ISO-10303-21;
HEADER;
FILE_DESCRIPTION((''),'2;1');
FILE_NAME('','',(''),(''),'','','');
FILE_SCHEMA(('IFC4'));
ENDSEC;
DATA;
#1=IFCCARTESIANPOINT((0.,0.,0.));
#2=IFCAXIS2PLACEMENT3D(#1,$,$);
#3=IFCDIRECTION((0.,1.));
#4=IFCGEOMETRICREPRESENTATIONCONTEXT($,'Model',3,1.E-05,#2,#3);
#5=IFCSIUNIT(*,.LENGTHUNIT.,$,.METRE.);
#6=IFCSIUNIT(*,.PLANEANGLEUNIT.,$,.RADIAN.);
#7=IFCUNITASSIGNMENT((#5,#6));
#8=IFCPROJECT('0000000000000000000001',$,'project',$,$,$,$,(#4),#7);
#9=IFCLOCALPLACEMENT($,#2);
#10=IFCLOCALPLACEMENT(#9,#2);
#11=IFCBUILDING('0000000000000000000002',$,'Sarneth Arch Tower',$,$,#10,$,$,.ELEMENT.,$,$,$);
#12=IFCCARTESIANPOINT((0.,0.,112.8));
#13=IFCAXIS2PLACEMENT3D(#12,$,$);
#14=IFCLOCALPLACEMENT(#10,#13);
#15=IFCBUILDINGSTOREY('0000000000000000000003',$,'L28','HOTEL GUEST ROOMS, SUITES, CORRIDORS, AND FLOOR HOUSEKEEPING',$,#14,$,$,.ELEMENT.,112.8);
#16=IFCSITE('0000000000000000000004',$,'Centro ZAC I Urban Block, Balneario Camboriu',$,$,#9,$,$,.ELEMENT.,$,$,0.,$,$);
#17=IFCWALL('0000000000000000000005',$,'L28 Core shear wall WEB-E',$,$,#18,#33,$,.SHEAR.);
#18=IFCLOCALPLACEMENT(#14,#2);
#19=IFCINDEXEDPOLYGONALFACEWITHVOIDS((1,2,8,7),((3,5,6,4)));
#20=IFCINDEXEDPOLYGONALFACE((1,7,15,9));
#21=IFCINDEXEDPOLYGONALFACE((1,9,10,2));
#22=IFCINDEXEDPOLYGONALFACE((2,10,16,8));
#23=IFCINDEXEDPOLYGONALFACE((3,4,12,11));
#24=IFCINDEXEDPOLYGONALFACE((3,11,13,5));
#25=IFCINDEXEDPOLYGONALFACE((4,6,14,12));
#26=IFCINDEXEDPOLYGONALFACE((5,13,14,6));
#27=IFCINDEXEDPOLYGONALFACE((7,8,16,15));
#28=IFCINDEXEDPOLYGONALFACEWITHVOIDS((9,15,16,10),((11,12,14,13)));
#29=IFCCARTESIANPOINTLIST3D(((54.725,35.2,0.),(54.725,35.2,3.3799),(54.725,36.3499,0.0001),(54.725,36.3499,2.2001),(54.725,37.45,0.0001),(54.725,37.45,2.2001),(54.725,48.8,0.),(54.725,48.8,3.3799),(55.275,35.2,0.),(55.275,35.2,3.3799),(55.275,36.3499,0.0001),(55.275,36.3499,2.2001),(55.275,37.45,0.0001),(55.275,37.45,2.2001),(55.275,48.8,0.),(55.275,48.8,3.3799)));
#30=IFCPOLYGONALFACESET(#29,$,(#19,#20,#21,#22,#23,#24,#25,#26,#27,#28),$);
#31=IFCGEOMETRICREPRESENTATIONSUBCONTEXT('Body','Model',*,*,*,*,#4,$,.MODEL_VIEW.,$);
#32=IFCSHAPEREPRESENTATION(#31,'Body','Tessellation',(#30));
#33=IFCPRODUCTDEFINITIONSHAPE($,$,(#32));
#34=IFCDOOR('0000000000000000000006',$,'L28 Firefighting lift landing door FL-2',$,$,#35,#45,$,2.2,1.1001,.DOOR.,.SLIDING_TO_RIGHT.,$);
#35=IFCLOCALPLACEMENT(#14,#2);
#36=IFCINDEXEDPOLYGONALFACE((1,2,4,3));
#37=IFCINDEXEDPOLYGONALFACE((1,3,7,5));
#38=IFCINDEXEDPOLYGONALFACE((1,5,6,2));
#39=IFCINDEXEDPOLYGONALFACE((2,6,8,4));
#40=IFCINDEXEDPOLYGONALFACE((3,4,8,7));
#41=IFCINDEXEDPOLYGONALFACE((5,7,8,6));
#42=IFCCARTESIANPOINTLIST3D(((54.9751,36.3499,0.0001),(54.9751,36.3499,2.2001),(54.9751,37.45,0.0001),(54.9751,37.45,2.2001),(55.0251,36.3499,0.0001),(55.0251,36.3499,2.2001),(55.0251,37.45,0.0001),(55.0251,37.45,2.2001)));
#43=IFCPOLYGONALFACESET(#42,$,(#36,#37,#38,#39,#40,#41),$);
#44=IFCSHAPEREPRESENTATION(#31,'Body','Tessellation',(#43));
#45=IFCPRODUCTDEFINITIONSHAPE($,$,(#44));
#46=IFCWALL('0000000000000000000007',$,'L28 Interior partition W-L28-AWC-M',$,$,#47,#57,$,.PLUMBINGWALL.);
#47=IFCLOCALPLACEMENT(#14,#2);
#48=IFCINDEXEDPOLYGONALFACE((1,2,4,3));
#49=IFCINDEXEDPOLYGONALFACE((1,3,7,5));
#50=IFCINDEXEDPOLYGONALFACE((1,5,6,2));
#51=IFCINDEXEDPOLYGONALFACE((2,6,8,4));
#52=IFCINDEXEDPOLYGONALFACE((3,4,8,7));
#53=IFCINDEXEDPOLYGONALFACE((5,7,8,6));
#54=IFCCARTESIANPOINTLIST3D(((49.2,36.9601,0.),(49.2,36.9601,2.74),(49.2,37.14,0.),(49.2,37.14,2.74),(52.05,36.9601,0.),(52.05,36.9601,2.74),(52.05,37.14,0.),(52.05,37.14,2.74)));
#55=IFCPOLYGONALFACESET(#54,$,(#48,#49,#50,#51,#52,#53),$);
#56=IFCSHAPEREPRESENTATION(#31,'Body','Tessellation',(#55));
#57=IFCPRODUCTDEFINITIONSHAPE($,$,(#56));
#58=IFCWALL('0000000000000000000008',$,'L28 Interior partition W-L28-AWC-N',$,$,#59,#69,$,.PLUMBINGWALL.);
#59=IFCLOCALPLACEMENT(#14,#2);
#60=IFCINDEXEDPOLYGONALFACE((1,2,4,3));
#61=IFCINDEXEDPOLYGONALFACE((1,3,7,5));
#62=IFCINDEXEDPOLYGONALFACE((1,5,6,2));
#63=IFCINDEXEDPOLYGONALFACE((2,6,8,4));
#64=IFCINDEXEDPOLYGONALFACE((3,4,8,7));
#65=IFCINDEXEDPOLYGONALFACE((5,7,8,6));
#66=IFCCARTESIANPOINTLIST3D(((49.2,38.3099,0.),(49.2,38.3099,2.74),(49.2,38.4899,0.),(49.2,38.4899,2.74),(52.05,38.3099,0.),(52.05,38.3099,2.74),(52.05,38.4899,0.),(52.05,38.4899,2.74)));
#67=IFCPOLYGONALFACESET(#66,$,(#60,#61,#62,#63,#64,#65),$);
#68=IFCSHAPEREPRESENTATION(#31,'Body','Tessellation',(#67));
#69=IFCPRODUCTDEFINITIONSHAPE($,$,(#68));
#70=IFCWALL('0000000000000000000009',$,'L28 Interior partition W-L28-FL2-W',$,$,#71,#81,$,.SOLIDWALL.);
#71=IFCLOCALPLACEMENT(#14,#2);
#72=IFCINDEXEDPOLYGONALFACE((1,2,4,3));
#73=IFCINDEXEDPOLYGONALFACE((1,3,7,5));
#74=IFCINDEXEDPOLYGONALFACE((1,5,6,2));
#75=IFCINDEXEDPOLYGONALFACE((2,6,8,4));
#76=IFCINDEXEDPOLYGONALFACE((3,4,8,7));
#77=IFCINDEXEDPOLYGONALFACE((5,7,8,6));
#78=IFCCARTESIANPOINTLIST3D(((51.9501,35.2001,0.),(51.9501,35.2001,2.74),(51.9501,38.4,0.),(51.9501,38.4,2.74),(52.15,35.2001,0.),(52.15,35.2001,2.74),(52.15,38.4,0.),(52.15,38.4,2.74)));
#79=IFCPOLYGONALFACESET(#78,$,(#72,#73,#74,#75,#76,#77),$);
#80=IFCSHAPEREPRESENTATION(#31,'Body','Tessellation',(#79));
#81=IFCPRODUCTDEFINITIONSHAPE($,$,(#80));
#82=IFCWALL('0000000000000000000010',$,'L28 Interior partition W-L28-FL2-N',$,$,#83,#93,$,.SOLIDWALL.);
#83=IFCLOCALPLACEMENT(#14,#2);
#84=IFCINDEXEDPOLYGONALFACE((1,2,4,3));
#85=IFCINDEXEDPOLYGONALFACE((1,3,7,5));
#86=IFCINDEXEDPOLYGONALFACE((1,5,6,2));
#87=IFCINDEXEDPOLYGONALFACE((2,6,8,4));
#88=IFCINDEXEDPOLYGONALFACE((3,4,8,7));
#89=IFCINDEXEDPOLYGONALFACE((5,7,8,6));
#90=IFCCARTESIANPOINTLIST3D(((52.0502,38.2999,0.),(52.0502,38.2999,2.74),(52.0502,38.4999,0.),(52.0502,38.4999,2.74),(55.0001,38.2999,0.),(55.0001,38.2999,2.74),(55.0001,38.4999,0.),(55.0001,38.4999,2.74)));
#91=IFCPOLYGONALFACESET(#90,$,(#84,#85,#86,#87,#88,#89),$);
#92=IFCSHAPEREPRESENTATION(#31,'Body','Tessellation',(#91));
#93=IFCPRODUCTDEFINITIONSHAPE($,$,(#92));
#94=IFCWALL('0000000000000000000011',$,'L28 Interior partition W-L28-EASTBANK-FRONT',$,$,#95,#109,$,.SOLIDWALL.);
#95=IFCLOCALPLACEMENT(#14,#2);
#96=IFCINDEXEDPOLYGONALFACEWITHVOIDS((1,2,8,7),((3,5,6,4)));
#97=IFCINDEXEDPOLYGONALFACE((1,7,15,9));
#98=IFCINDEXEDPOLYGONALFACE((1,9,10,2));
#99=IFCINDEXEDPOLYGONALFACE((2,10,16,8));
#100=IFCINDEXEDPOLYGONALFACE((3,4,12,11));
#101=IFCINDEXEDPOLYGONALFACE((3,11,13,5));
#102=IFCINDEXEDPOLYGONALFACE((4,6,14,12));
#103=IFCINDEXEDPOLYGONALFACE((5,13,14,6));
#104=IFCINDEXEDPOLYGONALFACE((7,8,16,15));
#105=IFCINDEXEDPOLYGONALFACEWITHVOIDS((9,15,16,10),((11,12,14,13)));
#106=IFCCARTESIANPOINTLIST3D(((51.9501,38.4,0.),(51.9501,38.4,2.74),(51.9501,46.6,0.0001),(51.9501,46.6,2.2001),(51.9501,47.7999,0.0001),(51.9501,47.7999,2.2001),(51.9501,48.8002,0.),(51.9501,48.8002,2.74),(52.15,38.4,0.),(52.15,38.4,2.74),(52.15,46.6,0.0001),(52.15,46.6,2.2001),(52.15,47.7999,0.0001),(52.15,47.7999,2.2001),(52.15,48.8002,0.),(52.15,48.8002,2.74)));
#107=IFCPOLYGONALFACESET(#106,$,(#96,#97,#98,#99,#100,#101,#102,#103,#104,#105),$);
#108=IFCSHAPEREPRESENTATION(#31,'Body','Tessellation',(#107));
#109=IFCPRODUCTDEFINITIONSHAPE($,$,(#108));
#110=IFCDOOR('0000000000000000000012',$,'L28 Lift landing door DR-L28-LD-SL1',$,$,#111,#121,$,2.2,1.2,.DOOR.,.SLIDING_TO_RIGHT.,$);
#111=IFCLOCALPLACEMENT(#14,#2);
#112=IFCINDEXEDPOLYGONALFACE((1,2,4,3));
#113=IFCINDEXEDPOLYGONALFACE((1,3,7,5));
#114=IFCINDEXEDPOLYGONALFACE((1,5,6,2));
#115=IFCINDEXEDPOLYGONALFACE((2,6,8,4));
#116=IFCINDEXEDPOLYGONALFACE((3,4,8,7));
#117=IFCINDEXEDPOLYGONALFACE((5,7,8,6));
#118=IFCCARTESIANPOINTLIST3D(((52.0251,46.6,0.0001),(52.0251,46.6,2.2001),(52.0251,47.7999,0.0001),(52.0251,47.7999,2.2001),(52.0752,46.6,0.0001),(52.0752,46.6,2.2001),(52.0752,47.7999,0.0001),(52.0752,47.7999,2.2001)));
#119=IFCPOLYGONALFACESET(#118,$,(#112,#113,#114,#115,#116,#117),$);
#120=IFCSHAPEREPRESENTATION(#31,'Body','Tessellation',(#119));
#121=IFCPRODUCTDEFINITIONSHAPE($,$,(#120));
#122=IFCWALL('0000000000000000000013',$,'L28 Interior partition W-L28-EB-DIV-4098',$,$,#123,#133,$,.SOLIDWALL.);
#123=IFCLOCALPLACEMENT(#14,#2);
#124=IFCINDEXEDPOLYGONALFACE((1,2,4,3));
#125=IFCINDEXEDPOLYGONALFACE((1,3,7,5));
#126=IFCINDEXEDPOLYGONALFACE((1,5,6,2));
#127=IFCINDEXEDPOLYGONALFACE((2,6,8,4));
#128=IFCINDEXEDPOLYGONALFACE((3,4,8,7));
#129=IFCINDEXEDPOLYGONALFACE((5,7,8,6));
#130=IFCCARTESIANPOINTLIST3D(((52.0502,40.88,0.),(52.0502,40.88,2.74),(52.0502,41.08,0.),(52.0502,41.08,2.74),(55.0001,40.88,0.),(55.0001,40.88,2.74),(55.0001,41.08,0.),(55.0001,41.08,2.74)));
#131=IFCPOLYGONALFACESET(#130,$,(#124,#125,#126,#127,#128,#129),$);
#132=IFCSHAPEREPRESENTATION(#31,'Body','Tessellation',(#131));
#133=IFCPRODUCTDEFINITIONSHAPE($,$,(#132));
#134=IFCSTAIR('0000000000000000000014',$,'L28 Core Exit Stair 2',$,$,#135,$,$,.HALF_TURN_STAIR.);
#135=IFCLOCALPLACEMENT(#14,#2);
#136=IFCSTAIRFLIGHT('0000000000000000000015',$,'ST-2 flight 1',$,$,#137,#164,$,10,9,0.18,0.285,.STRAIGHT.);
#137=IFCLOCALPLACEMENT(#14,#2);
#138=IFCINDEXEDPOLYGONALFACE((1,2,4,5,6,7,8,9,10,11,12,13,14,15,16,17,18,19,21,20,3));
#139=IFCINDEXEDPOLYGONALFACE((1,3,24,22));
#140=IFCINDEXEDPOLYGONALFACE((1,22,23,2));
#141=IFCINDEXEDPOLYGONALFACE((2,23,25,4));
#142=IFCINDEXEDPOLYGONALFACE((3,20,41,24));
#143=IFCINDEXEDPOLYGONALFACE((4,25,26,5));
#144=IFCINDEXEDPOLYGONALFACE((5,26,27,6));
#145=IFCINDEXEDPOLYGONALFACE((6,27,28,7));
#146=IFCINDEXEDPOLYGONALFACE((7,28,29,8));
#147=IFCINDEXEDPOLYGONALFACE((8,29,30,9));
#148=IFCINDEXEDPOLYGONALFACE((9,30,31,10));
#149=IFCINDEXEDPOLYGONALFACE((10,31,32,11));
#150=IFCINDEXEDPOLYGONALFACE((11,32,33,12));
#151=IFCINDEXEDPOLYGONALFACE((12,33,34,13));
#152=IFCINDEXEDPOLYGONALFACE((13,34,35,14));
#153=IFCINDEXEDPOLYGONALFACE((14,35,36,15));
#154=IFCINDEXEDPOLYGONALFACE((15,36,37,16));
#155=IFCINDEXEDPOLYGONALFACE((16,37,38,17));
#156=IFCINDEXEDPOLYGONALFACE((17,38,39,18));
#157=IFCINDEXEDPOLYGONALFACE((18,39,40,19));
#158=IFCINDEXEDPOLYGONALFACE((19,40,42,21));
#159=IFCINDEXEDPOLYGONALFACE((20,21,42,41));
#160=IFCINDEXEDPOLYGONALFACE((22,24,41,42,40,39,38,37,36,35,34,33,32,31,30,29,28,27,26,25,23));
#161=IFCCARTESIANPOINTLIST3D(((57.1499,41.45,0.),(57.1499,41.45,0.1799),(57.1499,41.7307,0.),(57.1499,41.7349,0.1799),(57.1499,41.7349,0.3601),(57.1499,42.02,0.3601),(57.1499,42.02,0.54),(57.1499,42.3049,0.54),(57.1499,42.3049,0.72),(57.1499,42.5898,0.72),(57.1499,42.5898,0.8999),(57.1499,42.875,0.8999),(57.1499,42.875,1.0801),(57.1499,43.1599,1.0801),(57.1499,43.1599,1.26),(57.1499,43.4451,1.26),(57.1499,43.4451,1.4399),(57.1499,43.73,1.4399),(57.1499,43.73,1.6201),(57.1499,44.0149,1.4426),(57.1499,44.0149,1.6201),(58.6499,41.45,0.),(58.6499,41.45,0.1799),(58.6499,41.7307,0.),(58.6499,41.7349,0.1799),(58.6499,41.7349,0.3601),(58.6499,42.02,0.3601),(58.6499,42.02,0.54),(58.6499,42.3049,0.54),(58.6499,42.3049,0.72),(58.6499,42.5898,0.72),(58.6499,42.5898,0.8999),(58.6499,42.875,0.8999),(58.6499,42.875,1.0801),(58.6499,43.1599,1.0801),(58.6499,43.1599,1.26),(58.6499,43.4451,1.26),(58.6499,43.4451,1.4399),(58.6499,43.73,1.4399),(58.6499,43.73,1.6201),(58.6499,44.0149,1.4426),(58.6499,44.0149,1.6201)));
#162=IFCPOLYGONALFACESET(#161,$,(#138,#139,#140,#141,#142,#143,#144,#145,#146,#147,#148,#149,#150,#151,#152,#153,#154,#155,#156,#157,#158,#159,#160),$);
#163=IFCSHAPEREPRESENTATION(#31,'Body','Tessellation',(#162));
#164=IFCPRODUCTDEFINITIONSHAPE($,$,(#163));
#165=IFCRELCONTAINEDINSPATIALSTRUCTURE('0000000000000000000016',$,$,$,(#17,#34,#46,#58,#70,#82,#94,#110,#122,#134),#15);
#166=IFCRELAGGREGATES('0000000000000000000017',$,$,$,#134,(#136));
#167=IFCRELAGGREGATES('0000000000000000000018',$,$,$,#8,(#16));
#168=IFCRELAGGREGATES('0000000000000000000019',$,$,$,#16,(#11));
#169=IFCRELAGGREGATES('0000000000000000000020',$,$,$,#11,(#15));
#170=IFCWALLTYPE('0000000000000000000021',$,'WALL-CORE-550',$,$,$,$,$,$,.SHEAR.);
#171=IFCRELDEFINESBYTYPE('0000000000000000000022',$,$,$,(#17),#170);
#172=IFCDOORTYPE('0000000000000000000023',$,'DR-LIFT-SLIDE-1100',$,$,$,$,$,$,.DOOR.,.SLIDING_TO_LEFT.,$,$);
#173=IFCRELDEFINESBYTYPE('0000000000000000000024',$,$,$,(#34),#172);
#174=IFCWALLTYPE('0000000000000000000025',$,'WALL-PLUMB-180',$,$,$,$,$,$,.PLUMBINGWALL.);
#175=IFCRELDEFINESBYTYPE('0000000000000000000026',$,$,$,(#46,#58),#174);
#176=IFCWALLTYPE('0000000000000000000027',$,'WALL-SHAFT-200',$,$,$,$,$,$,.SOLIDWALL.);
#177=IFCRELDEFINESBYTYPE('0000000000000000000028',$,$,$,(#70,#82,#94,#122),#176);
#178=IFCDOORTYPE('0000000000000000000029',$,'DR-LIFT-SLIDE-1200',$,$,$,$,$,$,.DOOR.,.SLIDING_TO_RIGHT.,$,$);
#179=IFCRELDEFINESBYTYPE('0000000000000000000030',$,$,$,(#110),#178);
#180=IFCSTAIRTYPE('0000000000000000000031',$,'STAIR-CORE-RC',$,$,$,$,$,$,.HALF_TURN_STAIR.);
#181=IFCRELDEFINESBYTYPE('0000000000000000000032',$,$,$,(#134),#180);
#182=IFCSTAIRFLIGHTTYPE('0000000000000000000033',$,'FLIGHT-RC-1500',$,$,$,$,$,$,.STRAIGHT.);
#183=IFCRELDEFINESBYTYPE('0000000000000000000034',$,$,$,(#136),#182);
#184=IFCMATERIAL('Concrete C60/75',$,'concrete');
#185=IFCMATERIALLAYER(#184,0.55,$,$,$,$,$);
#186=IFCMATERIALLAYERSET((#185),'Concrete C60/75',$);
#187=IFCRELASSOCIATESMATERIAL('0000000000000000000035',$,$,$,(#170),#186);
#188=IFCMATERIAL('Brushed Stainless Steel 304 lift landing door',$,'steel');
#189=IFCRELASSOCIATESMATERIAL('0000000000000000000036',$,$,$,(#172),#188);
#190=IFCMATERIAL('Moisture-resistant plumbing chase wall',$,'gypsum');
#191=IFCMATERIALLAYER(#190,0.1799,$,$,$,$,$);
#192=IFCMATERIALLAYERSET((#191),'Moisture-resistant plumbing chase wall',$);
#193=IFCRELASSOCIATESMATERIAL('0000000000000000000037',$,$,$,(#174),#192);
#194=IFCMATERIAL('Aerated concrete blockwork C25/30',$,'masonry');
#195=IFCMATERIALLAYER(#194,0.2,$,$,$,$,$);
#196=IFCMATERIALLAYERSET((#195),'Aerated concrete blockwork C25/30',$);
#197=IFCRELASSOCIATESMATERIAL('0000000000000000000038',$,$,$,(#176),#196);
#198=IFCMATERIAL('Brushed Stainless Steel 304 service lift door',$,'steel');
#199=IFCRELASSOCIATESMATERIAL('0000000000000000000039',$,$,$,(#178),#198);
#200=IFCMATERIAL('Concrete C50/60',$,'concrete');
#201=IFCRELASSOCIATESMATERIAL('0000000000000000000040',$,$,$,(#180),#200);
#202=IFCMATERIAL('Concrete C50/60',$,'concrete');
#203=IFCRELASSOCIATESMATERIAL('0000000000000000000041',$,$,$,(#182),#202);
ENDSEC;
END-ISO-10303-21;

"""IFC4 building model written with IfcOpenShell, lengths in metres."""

from ifc_helpers import new_model, si_unit, direction, frame, frame_2d, origin, place, context, subcontext, project, spatial, polyline, rectangle, outline, extrude, material, layer, layer_set, type_object, element, fill, aggregate, save


model = new_model("IFC4")

# Units and contexts
model_context = context("Model", 3, precision=1e-05, world=origin(), true_north=direction((0.0, 1.0)))
body_context = subcontext(model_context, "Body", "Model", "MODEL_VIEW")
ifc_project = project(units=[si_unit("LENGTHUNIT", "METRE"), si_unit("PLANEANGLEUNIT", "RADIAN")], contexts=[model_context])

# Site, building, storey
site_placement = place(None, origin())
site = spatial("IfcSite", under=ifc_project, at=site_placement, Name="Centro ZAC I Urban Block, Balneario Camboriu", CompositionType="ELEMENT", RefElevation=0.0)
building_placement = place(site_placement, origin())
building = spatial("IfcBuilding", under=site, at=building_placement, Name="Sarneth Arch Tower", CompositionType="ELEMENT")
storey_placement = place(building_placement, frame((0.0, 0.0, 112.8)))
storey = spatial("IfcBuildingStorey", under=building, at=storey_placement, Name="L28", Description="HOTEL GUEST ROOMS, SUITES, CORRIDORS, AND FLOOR HOUSEKEEPING", CompositionType="ELEMENT", Elevation=112.8)

# Shared definitions
ifc_material_1 = material(Name="Concrete C60/75", Category="concrete")
ifc_layer_1 = layer(ifc_material_1, 0.55)
ifc_layer_set_1 = layer_set([ifc_layer_1], Name="Concrete C60/75")
wall_type_1 = type_object("IfcWallType", Name="WALL-CORE-550", PredefinedType="SHEAR", material=ifc_layer_set_1)

# Wall, opening, door
wall_1_placement = place(storey_placement, frame((55.0, 35.2, 0.0), z_axis=(0.0, 0.0, 1.0), x_axis=(0.0, 1.0, 0.0)))
wall_1 = element("IfcWall", 1, at=wall_1_placement, inside=storey, type_object=wall_type_1, Name="L28 Core shear wall WEB-E", PredefinedType="SHEAR", context=body_context, shape_type="SweptSolid", body=[
    extrude(rectangle(XDim=13.6001, YDim=0.55, at=frame_2d((6.8, 0.0))), origin(), (0.0, 0.0, 1.0), 3.3799),
])
opening_1_placement = place(wall_1_placement, frame((1.1499, 0.0, 0.0)))
opening_1 = element("IfcOpeningElement", 2, at=opening_1_placement, cuts=wall_1, PredefinedType="OPENING", context=body_context, shape_type="SweptSolid", body=[
    extrude(rectangle(XDim=1.1001, YDim=2.2, at=frame_2d((0.55, 1.1001))), frame((0.0, 0.2849, 0.0), z_axis=(0.0, -1.0, 0.0), x_axis=(1.0, 0.0, 0.0)), (0.0, 0.0, 1.0), 0.5701),
])
ifc_material_2 = material(Name="Brushed Stainless Steel 304 lift landing door", Category="steel")
door_type_1 = type_object("IfcDoorType", Name="DR-LIFT-SLIDE-1100", OperationType="SLIDING_TO_LEFT", PredefinedType="DOOR", material=ifc_material_2)
door_1_placement = place(opening_1_placement, origin())
door_1 = element("IfcDoor", 3, at=door_1_placement, inside=storey, type_object=door_type_1, Name="L28 Firefighting lift landing door FL-2", OperationType="SLIDING_TO_RIGHT", OverallHeight=2.2, OverallWidth=1.1001, PredefinedType="DOOR", context=body_context, shape_type="SweptSolid", body=[
    extrude(rectangle(XDim=1.1001, YDim=2.2, at=frame_2d((0.55, 1.1001))), frame((0.0, 0.0249, 0.0), z_axis=(0.0, -1.0, 0.0), x_axis=(1.0, 0.0, 0.0)), (0.0, 0.0, 1.0), 0.05),
])
fill(opening_1, door_1)

# Walls
ifc_material_3 = material(Name="Moisture-resistant plumbing chase wall", Category="gypsum")
ifc_layer_2 = layer(ifc_material_3, 0.1799)
ifc_layer_set_2 = layer_set([ifc_layer_2], Name="Moisture-resistant plumbing chase wall")
wall_type_2 = type_object("IfcWallType", Name="WALL-PLUMB-180", PredefinedType="PLUMBINGWALL", material=ifc_layer_set_2)
for number, where, z_axis, x_axis, name in (
    (4, (49.2, 37.05, 0.0), (0.0, 0.0, 1.0), (1.0, 0.0, 0.0), "L28 Interior partition W-L28-AWC-M"),
    (5, (49.2, 38.3999, 0.0), (0.0, 0.0, 1.0), (1.0, 0.0, 0.0), "L28 Interior partition W-L28-AWC-N"),
):
    element("IfcWall", number, at=place(storey_placement, frame(where, z_axis=z_axis, x_axis=x_axis)), inside=storey, type_object=wall_type_2, Name=name, PredefinedType="PLUMBINGWALL", context=body_context, shape_type="SweptSolid", body=[
        extrude(rectangle(XDim=2.8501, YDim=0.1799, at=frame_2d((1.425, 0.0))), origin(), (0.0, 0.0, 1.0), 2.74),
    ])

# Shared definitions
ifc_material_4 = material(Name="Aerated concrete blockwork C25/30", Category="masonry")
ifc_layer_3 = layer(ifc_material_4, 0.2)
ifc_layer_set_3 = layer_set([ifc_layer_3], Name="Aerated concrete blockwork C25/30")
wall_type_3 = type_object("IfcWallType", Name="WALL-SHAFT-200", PredefinedType="SOLIDWALL", material=ifc_layer_set_3)

# Walls
wall_2_placement = place(storey_placement, frame((52.05, 35.2, 0.0), z_axis=(0.0, 0.0, 1.0), x_axis=(0.0, 1.0, 0.0)))
element("IfcWall", 6, at=wall_2_placement, inside=storey, type_object=wall_type_3, Name="L28 Interior partition W-L28-FL2-W", PredefinedType="SOLIDWALL", context=body_context, shape_type="SweptSolid", body=[
    extrude(rectangle(XDim=3.2, YDim=0.2, at=frame_2d((1.6001, 0.0))), origin(), (0.0, 0.0, 1.0), 2.74),
])
wall_3_placement = place(storey_placement, frame((52.05, 38.3999, 0.0), z_axis=(0.0, 0.0, 1.0), x_axis=(1.0, 0.0, 0.0)))
element("IfcWall", 7, at=wall_3_placement, inside=storey, type_object=wall_type_3, Name="L28 Interior partition W-L28-FL2-N", PredefinedType="SOLIDWALL", context=body_context, shape_type="SweptSolid", body=[
    extrude(rectangle(XDim=2.95, YDim=0.2, at=frame_2d((1.4751, 0.0))), origin(), (0.0, 0.0, 1.0), 2.74),
])

# Wall, opening, door
wall_4_placement = place(storey_placement, frame((52.05, 38.3999, 0.0), z_axis=(0.0, 0.0, 1.0), x_axis=(0.0, 1.0, 0.0)))
wall_4 = element("IfcWall", 8, at=wall_4_placement, inside=storey, type_object=wall_type_3, Name="L28 Interior partition W-L28-EASTBANK-FRONT", PredefinedType="SOLIDWALL", context=body_context, shape_type="SweptSolid", body=[
    extrude(rectangle(XDim=10.4001, YDim=0.2, at=frame_2d((5.2002, 0.0))), origin(), (0.0, 0.0, 1.0), 2.74),
])
opening_2_placement = place(wall_4_placement, frame((8.2, 0.0, 0.0)))
opening_2 = element("IfcOpeningElement", 9, at=opening_2_placement, cuts=wall_4, PredefinedType="OPENING", context=body_context, shape_type="SweptSolid", body=[
    extrude(rectangle(XDim=1.2, YDim=2.2, at=frame_2d((0.6001, 1.1001))), frame((0.0, 0.1099, 0.0), z_axis=(0.0, -1.0, 0.0), x_axis=(1.0, 0.0, 0.0)), (0.0, 0.0, 1.0), 0.22),
])
ifc_material_5 = material(Name="Brushed Stainless Steel 304 service lift door", Category="steel")
door_type_2 = type_object("IfcDoorType", Name="DR-LIFT-SLIDE-1200", OperationType="SLIDING_TO_RIGHT", PredefinedType="DOOR", material=ifc_material_5)
door_2_placement = place(opening_2_placement, origin())
door_2 = element("IfcDoor", 10, at=door_2_placement, inside=storey, type_object=door_type_2, Name="L28 Lift landing door DR-L28-LD-SL1", OperationType="SLIDING_TO_RIGHT", OverallHeight=2.2, OverallWidth=1.2, PredefinedType="DOOR", context=body_context, shape_type="SweptSolid", body=[
    extrude(rectangle(XDim=1.2, YDim=2.2, at=frame_2d((0.6001, 1.1001))), frame((0.0, 0.0249, 0.0), z_axis=(0.0, -1.0, 0.0), x_axis=(1.0, 0.0, 0.0)), (0.0, 0.0, 1.0), 0.05),
])
fill(opening_2, door_2)

# Wall
wall_5_placement = place(storey_placement, frame((52.05, 40.98, 0.0), z_axis=(0.0, 0.0, 1.0), x_axis=(1.0, 0.0, 0.0)))
element("IfcWall", 11, at=wall_5_placement, inside=storey, type_object=wall_type_3, Name="L28 Interior partition W-L28-EB-DIV-4098", PredefinedType="SOLIDWALL", context=body_context, shape_type="SweptSolid", body=[
    extrude(rectangle(XDim=2.95, YDim=0.2, at=frame_2d((1.4751, 0.0))), origin(), (0.0, 0.0, 1.0), 2.74),
])

# Stair, stair flight
ifc_material_6 = material(Name="Concrete C50/60", Category="concrete")
stair_type = type_object("IfcStairType", Name="STAIR-CORE-RC", PredefinedType="HALF_TURN_STAIR", material=ifc_material_6)
stair_placement = place(storey_placement, origin())
stair = element("IfcStair", 12, at=stair_placement, inside=storey, type_object=stair_type, Name="L28 Core Exit Stair 2", PredefinedType="HALF_TURN_STAIR")
ifc_material_7 = material(Name="Concrete C50/60", Category="concrete")
stair_flight_type = type_object("IfcStairFlightType", Name="FLIGHT-RC-1500", PredefinedType="STRAIGHT", material=ifc_material_7)
stair_flight_placement = place(storey_placement, frame((57.8999, 41.45, 0.0), z_axis=(0.0, 0.0, 1.0), x_axis=(0.0, 1.0, 0.0)))
stair_flight = element("IfcStairFlight", 13, at=stair_flight_placement, type_object=stair_flight_type, Name="ST-2 flight 1", NumberOfRisers=10, NumberOfTreads=9, PredefinedType="STRAIGHT", RiserHeight=0.18, TreadLength=0.285, context=body_context, shape_type="SweptSolid", body=[
    extrude(outline(polyline([(0.0, 0.0), (0.0, 0.1799), (0.2849, 0.1799), (0.2849, 0.3601), (0.5701, 0.3601), (0.5701, 0.54), (0.855, 0.54), (0.855, 0.72), (1.1399, 0.72), (1.1399, 0.8999), (1.425, 0.8999), (1.425, 1.0801), (1.71, 1.0801), (1.71, 1.26), (1.9951, 1.26), (1.9951, 1.4399), (2.28, 1.4399), (2.28, 1.6201), (2.5649, 1.6201), (2.5649, 1.8), (2.5649, 1.4426), (0.2808, 0.0), (0.0, 0.0)])), frame((0.0, 0.75, 0.0), z_axis=(0.0, -1.0, 0.0), x_axis=(1.0, 0.0, 0.0)), (0.0, 0.0, 1.0), 1.5),
])
aggregate(stair, [stair_flight])

save(model, "model.ifc")
